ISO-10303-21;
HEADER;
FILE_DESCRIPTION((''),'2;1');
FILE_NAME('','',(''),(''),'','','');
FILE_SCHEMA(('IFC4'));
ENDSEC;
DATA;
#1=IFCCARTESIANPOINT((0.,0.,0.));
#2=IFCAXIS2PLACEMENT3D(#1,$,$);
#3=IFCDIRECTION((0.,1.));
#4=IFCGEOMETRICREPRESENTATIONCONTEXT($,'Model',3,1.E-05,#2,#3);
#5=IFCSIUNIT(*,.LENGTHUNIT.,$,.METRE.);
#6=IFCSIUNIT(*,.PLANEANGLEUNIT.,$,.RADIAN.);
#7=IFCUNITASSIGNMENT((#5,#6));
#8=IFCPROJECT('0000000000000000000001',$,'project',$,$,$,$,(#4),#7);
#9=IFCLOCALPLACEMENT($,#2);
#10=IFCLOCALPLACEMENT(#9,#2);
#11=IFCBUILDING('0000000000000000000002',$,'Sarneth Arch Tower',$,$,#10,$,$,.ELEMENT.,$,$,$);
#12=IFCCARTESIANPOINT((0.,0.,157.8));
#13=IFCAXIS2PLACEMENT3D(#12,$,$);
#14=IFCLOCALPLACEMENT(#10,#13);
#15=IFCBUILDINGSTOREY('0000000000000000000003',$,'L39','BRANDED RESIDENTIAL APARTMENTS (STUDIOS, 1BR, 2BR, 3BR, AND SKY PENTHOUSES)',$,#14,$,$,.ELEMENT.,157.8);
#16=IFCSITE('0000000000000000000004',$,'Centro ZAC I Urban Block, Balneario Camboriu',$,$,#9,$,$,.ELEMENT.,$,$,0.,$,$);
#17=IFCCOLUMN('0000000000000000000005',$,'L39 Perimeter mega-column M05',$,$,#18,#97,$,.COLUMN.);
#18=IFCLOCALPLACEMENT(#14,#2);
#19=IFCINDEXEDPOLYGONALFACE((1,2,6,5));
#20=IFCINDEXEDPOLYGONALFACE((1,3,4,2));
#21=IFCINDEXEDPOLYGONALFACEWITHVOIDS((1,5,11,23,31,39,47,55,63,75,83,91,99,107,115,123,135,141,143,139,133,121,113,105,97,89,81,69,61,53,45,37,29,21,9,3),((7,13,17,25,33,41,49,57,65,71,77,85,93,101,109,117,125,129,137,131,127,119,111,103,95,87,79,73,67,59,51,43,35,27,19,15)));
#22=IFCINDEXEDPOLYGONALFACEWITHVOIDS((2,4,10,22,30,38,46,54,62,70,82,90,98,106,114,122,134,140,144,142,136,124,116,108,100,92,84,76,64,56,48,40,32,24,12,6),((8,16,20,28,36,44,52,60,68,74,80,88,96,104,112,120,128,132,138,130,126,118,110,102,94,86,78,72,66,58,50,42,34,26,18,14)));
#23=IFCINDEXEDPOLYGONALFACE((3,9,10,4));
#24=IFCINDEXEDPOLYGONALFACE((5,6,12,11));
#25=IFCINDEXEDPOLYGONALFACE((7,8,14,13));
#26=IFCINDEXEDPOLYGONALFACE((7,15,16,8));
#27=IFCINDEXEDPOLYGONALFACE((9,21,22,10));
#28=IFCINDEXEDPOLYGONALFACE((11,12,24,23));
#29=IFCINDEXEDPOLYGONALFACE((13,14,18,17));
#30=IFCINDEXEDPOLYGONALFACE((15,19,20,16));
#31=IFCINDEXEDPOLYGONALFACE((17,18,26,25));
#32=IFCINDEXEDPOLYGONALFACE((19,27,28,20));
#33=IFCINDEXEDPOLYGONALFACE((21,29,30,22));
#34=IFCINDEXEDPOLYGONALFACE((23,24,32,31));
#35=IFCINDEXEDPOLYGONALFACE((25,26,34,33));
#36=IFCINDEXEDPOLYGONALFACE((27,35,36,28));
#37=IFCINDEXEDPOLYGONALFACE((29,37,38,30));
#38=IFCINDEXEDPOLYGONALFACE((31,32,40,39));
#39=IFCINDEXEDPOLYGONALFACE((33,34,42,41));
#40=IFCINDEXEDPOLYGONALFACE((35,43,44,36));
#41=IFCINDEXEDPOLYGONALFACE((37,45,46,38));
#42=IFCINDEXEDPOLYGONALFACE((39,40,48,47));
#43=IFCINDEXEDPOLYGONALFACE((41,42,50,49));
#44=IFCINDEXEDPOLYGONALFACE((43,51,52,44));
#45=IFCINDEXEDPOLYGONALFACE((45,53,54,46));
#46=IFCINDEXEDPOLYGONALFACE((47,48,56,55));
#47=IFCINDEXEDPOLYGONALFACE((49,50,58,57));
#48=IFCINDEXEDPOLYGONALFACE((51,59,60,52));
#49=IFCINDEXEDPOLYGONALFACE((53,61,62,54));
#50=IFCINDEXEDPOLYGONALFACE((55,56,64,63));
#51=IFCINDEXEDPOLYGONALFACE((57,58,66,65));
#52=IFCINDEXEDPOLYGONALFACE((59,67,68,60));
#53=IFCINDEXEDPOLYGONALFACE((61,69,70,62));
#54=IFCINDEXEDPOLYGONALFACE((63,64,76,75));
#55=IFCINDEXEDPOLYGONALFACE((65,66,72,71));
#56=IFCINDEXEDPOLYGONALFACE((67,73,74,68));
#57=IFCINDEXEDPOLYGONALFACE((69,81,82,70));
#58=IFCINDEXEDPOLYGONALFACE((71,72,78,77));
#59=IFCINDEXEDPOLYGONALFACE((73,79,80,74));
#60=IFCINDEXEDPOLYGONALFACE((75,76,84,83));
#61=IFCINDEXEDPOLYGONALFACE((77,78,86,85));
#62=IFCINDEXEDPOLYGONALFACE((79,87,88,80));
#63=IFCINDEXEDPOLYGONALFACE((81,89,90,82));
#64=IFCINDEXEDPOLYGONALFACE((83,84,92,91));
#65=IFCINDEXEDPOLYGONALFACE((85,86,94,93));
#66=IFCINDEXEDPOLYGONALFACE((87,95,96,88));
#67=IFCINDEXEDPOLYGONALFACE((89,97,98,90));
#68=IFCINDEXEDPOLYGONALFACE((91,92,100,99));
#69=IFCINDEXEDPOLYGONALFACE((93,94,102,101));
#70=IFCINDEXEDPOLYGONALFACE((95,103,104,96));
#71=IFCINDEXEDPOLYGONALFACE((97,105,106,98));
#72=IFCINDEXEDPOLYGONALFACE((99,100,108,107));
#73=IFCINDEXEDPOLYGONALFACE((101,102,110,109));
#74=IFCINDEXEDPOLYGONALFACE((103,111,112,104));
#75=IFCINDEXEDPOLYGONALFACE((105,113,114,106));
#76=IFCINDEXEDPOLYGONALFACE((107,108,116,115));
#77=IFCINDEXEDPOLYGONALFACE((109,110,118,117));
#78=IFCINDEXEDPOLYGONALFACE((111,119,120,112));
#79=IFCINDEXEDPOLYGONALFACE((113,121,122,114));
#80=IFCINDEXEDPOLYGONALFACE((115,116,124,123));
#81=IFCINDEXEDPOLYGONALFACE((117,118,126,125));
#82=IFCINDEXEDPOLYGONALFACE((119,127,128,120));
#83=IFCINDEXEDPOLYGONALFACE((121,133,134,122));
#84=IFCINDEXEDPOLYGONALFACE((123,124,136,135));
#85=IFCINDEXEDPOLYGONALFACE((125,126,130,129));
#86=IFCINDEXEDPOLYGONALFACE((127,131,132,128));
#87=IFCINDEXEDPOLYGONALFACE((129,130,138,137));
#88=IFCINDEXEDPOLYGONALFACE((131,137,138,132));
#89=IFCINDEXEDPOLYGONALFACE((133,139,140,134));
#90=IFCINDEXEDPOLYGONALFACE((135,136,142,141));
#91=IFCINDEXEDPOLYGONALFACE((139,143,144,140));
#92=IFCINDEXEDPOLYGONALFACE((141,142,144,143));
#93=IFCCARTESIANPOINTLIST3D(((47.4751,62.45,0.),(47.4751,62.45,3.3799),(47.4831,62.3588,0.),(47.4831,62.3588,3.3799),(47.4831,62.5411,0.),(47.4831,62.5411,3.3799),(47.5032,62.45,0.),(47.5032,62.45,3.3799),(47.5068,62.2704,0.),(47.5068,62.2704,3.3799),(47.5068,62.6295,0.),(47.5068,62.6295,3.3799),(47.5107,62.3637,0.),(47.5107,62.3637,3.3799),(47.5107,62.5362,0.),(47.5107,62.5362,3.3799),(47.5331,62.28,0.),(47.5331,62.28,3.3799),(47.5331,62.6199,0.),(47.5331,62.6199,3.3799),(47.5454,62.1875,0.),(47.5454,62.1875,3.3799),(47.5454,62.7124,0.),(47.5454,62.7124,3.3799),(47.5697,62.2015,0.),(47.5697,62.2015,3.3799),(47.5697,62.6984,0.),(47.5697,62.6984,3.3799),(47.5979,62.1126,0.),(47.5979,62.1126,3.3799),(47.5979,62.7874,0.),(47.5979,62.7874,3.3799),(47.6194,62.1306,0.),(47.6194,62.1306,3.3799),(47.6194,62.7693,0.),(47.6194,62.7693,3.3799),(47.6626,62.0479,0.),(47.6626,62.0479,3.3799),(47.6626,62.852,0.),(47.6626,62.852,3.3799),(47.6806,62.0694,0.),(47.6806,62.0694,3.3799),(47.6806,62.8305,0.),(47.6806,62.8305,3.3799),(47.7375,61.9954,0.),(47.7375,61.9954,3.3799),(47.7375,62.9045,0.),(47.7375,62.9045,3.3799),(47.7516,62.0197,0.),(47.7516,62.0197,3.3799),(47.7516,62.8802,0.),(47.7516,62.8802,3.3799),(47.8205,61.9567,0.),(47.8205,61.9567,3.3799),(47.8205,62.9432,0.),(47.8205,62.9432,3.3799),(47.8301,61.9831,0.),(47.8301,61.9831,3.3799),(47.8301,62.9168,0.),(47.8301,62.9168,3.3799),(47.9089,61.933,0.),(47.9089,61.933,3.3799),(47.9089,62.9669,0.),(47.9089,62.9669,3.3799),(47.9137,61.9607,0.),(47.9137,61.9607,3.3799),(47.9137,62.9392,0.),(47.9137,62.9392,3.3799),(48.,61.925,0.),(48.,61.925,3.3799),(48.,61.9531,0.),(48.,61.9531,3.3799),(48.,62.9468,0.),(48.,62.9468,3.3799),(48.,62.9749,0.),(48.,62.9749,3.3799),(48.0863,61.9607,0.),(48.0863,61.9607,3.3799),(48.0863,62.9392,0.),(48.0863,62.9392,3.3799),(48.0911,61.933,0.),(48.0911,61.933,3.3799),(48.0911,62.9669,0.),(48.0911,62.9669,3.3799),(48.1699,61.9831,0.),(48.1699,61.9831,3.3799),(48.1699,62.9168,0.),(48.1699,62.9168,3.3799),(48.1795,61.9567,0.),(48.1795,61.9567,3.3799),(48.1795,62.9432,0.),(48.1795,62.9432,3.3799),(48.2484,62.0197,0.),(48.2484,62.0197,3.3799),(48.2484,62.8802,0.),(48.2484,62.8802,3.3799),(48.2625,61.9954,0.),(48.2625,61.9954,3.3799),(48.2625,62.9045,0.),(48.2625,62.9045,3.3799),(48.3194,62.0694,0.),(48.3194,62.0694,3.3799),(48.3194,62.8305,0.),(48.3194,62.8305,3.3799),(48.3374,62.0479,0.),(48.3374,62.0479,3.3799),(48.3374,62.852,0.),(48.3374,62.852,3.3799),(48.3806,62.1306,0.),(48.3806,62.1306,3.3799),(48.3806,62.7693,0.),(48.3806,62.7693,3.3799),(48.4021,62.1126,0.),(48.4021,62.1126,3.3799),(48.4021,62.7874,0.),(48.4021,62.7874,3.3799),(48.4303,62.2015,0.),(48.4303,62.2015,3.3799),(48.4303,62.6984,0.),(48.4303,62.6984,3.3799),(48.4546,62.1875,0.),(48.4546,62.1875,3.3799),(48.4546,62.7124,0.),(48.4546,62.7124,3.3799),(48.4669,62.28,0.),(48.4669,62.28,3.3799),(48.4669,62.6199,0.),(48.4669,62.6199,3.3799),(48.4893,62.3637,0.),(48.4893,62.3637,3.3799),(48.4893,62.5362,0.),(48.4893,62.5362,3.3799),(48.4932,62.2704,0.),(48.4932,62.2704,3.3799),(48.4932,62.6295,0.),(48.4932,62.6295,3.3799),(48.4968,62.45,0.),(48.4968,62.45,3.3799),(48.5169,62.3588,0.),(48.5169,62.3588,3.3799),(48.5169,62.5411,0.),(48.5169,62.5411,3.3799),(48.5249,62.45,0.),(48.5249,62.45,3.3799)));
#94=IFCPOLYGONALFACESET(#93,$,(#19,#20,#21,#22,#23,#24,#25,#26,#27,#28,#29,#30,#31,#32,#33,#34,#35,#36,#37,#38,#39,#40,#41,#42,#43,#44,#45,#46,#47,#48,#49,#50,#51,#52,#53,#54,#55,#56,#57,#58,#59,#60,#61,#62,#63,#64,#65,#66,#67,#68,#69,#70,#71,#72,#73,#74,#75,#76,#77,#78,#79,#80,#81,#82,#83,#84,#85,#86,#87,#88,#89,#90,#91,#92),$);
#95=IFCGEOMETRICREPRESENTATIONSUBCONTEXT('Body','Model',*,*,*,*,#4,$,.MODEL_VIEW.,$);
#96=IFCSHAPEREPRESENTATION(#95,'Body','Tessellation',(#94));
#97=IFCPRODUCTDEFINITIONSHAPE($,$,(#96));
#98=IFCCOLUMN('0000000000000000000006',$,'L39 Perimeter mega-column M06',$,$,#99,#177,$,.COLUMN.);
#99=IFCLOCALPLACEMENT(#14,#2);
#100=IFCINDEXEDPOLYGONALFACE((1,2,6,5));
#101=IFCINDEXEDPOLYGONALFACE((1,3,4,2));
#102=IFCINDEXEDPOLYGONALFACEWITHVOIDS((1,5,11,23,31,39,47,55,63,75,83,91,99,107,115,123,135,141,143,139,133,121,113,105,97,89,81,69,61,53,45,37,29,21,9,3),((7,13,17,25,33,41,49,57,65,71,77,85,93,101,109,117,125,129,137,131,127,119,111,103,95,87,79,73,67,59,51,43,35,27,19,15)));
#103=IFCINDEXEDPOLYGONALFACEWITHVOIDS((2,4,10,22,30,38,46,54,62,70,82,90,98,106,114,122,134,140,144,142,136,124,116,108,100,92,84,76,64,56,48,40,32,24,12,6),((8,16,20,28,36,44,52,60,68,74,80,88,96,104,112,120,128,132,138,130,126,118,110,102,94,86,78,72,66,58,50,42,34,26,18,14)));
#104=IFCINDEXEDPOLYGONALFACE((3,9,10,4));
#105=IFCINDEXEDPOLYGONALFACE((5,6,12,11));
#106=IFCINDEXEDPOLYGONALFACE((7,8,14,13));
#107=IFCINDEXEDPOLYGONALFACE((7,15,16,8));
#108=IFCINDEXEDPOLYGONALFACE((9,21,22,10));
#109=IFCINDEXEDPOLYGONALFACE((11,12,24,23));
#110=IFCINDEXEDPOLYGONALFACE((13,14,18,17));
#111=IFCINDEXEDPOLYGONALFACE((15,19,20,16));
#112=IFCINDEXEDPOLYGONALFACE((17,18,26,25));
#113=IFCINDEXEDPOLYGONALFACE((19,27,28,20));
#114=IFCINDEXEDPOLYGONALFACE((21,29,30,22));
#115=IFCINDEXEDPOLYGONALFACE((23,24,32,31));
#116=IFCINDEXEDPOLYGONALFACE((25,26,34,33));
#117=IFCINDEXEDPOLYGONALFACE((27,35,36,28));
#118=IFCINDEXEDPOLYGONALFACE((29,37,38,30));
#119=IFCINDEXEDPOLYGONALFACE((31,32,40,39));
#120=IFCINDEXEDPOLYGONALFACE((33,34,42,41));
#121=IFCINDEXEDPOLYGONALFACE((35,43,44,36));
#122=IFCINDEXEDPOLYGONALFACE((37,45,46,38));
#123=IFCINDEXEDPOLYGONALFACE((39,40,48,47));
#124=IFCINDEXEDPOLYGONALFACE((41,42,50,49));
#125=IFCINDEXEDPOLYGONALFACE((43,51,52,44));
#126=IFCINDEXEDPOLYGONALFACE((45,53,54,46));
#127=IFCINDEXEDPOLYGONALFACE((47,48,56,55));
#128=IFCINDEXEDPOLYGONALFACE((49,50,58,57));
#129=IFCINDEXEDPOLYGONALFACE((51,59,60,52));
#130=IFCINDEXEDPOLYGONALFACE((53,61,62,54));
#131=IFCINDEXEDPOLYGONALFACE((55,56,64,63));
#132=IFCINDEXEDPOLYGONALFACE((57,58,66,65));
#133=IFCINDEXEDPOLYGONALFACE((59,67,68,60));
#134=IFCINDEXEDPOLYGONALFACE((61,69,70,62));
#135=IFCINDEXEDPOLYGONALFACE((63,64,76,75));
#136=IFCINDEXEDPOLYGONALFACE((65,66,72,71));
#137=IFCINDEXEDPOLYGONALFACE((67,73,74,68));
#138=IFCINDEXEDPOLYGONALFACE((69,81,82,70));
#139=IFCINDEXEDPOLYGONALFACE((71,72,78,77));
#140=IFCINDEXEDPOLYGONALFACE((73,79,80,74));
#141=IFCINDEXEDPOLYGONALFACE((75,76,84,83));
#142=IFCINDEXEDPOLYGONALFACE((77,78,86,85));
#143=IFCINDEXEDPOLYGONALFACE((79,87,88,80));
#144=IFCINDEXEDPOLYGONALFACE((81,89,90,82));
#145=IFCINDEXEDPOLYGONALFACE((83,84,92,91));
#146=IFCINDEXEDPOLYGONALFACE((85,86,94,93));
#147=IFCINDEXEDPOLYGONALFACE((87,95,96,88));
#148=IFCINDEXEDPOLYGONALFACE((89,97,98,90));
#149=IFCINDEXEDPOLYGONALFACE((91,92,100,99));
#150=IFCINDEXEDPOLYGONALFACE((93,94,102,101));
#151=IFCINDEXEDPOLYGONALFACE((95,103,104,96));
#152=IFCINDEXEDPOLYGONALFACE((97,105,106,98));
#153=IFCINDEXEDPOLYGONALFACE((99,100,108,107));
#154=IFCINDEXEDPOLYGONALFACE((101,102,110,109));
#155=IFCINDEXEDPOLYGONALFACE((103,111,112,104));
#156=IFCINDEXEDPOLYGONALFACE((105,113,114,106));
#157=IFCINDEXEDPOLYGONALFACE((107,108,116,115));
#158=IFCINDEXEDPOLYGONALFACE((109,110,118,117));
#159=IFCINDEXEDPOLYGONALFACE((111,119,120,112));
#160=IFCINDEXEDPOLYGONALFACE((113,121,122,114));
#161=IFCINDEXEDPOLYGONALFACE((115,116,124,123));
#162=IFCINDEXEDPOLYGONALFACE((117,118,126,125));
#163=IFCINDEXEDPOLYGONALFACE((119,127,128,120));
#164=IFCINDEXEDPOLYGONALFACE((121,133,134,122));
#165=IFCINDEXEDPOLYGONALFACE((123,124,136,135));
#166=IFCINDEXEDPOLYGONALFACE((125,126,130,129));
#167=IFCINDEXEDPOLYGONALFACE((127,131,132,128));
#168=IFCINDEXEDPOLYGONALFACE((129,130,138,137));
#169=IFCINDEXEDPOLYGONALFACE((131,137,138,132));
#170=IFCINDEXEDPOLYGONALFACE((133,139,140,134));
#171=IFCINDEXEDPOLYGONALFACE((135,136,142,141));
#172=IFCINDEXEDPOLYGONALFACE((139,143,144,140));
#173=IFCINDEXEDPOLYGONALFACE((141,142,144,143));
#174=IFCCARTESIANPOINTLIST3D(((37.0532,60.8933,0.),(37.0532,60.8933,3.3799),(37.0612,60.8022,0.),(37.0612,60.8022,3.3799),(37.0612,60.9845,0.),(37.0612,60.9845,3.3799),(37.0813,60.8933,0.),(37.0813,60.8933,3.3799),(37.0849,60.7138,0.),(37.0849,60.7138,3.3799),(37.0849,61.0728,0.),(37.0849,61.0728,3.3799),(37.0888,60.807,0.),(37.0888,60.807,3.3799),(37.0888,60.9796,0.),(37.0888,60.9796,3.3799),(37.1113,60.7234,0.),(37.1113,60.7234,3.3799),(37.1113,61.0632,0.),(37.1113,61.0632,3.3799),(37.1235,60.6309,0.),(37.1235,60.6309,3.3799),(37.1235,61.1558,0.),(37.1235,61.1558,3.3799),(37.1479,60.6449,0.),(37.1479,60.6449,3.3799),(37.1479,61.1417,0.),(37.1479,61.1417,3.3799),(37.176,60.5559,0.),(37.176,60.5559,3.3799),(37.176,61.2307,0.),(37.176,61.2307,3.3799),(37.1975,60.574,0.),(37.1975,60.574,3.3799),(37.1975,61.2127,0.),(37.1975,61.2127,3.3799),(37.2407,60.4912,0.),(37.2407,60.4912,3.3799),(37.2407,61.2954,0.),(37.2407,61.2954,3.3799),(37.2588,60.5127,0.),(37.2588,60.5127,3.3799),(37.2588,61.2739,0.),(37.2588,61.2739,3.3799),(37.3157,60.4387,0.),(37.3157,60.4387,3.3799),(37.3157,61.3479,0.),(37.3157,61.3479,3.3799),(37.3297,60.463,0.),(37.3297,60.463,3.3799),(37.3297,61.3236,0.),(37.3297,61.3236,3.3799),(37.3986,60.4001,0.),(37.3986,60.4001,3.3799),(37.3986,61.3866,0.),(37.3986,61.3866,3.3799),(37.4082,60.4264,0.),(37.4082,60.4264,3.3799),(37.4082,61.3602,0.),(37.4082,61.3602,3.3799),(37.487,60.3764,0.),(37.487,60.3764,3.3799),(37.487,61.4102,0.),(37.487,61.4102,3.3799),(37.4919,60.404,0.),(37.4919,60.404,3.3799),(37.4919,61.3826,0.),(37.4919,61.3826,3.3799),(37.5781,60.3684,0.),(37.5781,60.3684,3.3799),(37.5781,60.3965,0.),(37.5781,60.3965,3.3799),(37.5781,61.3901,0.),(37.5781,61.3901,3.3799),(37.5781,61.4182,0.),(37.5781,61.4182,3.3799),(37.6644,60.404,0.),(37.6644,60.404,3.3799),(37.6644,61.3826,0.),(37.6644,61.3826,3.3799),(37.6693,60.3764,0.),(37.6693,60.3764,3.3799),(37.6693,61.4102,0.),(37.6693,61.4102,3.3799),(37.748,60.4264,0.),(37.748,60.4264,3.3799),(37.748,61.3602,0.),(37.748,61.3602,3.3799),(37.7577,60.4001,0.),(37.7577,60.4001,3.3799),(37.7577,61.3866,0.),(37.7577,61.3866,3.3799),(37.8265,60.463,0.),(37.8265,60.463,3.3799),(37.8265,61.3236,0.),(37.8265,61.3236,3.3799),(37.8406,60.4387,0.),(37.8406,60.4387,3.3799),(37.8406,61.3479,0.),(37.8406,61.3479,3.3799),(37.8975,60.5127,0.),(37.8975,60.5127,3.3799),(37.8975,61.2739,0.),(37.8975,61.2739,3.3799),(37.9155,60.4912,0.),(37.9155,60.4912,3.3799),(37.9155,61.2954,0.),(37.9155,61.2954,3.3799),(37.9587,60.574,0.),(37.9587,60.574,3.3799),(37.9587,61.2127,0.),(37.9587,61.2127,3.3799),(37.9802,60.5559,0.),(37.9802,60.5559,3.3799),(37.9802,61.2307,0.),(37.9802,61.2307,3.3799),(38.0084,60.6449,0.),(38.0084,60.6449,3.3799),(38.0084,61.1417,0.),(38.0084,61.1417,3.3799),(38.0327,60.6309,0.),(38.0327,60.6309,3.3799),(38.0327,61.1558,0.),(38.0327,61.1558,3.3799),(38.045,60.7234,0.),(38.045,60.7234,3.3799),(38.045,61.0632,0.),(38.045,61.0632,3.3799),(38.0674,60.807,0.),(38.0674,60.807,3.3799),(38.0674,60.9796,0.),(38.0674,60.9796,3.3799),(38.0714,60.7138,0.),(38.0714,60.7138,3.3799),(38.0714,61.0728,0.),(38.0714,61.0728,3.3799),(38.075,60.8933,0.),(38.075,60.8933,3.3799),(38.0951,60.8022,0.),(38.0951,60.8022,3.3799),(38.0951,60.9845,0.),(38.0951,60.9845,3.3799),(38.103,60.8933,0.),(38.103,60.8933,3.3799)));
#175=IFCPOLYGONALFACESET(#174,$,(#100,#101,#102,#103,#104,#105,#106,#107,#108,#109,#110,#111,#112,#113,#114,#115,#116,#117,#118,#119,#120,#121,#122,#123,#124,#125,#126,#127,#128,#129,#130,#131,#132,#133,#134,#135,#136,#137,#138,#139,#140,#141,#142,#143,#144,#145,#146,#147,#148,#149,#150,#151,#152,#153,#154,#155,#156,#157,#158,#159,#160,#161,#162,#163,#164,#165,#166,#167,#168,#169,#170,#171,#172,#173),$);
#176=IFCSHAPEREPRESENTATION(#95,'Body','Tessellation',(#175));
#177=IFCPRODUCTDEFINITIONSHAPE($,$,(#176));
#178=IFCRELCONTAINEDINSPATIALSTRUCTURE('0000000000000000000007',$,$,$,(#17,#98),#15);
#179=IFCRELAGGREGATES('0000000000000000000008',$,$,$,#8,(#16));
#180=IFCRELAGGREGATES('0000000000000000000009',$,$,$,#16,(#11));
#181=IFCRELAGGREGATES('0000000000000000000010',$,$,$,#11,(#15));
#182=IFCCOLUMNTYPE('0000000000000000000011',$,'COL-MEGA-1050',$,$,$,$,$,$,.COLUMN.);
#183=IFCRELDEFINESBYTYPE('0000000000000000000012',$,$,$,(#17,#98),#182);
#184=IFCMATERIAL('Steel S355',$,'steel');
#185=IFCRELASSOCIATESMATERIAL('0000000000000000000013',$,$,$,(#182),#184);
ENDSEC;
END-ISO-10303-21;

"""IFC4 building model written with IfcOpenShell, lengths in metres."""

from ifc_helpers import new_model, si_unit, direction, frame, origin, origin_2d, place, context, subcontext, project, spatial, hollow_circle, extrude, material, material_profile, profile_set, type_object, element, save


model = new_model("IFC4")

# Units and contexts
model_context = context("Model", 3, precision=1e-05, world=origin(), true_north=direction((0.0, 1.0)))
body_context = subcontext(model_context, "Body", "Model", "MODEL_VIEW")
ifc_project = project(units=[si_unit("LENGTHUNIT", "METRE"), si_unit("PLANEANGLEUNIT", "RADIAN")], contexts=[model_context])

# Site, building, storey
site_placement = place(None, origin())
site = spatial("IfcSite", under=ifc_project, at=site_placement, Name="Centro ZAC I Urban Block, Balneario Camboriu", CompositionType="ELEMENT", RefElevation=0.0)
building_placement = place(site_placement, origin())
building = spatial("IfcBuilding", under=site, at=building_placement, Name="Sarneth Arch Tower", CompositionType="ELEMENT")
storey_placement = place(building_placement, frame((0.0, 0.0, 157.8)))
storey = spatial("IfcBuildingStorey", under=building, at=storey_placement, Name="L39", Description="BRANDED RESIDENTIAL APARTMENTS (STUDIOS, 1BR, 2BR, 3BR, AND SKY PENTHOUSES)", CompositionType="ELEMENT", Elevation=157.8)

# Columns
ifc_material_1 = material(Name="Steel S355", Category="steel")
ifc_material_profile_1 = material_profile(ifc_material_1, hollow_circle(Radius=0.5249, WallThickness=0.0281, at=origin_2d()), Name="CHS1050x28")
ifc_profile_set_1 = profile_set([ifc_material_profile_1], Name="Steel S355")
column_type = type_object("IfcColumnType", Name="COL-MEGA-1050", PredefinedType="COLUMN", material=ifc_profile_set_1)
for number, where, z_axis, x_axis, name in (
    (1, (48.0, 62.45, 0.0), (0.0, 0.0, 1.0), (1.0, 0.0, 0.0), "L39 Perimeter mega-column M05"),
    (2, (37.5781, 60.8933, 0.0), (0.0, 0.0, 1.0), (1.0, 0.0, 0.0), "L39 Perimeter mega-column M06"),
):
    element("IfcColumn", number, at=place(storey_placement, frame(where, z_axis=z_axis, x_axis=x_axis)), inside=storey, type_object=column_type, Name=name, PredefinedType="COLUMN", context=body_context, shape_type="SweptSolid", body=[
        extrude(hollow_circle(Radius=0.5249, WallThickness=0.0281, at=origin_2d()), origin(), (0.0, 0.0, 1.0), 3.3799),
    ])

save(model, "model.ifc")
